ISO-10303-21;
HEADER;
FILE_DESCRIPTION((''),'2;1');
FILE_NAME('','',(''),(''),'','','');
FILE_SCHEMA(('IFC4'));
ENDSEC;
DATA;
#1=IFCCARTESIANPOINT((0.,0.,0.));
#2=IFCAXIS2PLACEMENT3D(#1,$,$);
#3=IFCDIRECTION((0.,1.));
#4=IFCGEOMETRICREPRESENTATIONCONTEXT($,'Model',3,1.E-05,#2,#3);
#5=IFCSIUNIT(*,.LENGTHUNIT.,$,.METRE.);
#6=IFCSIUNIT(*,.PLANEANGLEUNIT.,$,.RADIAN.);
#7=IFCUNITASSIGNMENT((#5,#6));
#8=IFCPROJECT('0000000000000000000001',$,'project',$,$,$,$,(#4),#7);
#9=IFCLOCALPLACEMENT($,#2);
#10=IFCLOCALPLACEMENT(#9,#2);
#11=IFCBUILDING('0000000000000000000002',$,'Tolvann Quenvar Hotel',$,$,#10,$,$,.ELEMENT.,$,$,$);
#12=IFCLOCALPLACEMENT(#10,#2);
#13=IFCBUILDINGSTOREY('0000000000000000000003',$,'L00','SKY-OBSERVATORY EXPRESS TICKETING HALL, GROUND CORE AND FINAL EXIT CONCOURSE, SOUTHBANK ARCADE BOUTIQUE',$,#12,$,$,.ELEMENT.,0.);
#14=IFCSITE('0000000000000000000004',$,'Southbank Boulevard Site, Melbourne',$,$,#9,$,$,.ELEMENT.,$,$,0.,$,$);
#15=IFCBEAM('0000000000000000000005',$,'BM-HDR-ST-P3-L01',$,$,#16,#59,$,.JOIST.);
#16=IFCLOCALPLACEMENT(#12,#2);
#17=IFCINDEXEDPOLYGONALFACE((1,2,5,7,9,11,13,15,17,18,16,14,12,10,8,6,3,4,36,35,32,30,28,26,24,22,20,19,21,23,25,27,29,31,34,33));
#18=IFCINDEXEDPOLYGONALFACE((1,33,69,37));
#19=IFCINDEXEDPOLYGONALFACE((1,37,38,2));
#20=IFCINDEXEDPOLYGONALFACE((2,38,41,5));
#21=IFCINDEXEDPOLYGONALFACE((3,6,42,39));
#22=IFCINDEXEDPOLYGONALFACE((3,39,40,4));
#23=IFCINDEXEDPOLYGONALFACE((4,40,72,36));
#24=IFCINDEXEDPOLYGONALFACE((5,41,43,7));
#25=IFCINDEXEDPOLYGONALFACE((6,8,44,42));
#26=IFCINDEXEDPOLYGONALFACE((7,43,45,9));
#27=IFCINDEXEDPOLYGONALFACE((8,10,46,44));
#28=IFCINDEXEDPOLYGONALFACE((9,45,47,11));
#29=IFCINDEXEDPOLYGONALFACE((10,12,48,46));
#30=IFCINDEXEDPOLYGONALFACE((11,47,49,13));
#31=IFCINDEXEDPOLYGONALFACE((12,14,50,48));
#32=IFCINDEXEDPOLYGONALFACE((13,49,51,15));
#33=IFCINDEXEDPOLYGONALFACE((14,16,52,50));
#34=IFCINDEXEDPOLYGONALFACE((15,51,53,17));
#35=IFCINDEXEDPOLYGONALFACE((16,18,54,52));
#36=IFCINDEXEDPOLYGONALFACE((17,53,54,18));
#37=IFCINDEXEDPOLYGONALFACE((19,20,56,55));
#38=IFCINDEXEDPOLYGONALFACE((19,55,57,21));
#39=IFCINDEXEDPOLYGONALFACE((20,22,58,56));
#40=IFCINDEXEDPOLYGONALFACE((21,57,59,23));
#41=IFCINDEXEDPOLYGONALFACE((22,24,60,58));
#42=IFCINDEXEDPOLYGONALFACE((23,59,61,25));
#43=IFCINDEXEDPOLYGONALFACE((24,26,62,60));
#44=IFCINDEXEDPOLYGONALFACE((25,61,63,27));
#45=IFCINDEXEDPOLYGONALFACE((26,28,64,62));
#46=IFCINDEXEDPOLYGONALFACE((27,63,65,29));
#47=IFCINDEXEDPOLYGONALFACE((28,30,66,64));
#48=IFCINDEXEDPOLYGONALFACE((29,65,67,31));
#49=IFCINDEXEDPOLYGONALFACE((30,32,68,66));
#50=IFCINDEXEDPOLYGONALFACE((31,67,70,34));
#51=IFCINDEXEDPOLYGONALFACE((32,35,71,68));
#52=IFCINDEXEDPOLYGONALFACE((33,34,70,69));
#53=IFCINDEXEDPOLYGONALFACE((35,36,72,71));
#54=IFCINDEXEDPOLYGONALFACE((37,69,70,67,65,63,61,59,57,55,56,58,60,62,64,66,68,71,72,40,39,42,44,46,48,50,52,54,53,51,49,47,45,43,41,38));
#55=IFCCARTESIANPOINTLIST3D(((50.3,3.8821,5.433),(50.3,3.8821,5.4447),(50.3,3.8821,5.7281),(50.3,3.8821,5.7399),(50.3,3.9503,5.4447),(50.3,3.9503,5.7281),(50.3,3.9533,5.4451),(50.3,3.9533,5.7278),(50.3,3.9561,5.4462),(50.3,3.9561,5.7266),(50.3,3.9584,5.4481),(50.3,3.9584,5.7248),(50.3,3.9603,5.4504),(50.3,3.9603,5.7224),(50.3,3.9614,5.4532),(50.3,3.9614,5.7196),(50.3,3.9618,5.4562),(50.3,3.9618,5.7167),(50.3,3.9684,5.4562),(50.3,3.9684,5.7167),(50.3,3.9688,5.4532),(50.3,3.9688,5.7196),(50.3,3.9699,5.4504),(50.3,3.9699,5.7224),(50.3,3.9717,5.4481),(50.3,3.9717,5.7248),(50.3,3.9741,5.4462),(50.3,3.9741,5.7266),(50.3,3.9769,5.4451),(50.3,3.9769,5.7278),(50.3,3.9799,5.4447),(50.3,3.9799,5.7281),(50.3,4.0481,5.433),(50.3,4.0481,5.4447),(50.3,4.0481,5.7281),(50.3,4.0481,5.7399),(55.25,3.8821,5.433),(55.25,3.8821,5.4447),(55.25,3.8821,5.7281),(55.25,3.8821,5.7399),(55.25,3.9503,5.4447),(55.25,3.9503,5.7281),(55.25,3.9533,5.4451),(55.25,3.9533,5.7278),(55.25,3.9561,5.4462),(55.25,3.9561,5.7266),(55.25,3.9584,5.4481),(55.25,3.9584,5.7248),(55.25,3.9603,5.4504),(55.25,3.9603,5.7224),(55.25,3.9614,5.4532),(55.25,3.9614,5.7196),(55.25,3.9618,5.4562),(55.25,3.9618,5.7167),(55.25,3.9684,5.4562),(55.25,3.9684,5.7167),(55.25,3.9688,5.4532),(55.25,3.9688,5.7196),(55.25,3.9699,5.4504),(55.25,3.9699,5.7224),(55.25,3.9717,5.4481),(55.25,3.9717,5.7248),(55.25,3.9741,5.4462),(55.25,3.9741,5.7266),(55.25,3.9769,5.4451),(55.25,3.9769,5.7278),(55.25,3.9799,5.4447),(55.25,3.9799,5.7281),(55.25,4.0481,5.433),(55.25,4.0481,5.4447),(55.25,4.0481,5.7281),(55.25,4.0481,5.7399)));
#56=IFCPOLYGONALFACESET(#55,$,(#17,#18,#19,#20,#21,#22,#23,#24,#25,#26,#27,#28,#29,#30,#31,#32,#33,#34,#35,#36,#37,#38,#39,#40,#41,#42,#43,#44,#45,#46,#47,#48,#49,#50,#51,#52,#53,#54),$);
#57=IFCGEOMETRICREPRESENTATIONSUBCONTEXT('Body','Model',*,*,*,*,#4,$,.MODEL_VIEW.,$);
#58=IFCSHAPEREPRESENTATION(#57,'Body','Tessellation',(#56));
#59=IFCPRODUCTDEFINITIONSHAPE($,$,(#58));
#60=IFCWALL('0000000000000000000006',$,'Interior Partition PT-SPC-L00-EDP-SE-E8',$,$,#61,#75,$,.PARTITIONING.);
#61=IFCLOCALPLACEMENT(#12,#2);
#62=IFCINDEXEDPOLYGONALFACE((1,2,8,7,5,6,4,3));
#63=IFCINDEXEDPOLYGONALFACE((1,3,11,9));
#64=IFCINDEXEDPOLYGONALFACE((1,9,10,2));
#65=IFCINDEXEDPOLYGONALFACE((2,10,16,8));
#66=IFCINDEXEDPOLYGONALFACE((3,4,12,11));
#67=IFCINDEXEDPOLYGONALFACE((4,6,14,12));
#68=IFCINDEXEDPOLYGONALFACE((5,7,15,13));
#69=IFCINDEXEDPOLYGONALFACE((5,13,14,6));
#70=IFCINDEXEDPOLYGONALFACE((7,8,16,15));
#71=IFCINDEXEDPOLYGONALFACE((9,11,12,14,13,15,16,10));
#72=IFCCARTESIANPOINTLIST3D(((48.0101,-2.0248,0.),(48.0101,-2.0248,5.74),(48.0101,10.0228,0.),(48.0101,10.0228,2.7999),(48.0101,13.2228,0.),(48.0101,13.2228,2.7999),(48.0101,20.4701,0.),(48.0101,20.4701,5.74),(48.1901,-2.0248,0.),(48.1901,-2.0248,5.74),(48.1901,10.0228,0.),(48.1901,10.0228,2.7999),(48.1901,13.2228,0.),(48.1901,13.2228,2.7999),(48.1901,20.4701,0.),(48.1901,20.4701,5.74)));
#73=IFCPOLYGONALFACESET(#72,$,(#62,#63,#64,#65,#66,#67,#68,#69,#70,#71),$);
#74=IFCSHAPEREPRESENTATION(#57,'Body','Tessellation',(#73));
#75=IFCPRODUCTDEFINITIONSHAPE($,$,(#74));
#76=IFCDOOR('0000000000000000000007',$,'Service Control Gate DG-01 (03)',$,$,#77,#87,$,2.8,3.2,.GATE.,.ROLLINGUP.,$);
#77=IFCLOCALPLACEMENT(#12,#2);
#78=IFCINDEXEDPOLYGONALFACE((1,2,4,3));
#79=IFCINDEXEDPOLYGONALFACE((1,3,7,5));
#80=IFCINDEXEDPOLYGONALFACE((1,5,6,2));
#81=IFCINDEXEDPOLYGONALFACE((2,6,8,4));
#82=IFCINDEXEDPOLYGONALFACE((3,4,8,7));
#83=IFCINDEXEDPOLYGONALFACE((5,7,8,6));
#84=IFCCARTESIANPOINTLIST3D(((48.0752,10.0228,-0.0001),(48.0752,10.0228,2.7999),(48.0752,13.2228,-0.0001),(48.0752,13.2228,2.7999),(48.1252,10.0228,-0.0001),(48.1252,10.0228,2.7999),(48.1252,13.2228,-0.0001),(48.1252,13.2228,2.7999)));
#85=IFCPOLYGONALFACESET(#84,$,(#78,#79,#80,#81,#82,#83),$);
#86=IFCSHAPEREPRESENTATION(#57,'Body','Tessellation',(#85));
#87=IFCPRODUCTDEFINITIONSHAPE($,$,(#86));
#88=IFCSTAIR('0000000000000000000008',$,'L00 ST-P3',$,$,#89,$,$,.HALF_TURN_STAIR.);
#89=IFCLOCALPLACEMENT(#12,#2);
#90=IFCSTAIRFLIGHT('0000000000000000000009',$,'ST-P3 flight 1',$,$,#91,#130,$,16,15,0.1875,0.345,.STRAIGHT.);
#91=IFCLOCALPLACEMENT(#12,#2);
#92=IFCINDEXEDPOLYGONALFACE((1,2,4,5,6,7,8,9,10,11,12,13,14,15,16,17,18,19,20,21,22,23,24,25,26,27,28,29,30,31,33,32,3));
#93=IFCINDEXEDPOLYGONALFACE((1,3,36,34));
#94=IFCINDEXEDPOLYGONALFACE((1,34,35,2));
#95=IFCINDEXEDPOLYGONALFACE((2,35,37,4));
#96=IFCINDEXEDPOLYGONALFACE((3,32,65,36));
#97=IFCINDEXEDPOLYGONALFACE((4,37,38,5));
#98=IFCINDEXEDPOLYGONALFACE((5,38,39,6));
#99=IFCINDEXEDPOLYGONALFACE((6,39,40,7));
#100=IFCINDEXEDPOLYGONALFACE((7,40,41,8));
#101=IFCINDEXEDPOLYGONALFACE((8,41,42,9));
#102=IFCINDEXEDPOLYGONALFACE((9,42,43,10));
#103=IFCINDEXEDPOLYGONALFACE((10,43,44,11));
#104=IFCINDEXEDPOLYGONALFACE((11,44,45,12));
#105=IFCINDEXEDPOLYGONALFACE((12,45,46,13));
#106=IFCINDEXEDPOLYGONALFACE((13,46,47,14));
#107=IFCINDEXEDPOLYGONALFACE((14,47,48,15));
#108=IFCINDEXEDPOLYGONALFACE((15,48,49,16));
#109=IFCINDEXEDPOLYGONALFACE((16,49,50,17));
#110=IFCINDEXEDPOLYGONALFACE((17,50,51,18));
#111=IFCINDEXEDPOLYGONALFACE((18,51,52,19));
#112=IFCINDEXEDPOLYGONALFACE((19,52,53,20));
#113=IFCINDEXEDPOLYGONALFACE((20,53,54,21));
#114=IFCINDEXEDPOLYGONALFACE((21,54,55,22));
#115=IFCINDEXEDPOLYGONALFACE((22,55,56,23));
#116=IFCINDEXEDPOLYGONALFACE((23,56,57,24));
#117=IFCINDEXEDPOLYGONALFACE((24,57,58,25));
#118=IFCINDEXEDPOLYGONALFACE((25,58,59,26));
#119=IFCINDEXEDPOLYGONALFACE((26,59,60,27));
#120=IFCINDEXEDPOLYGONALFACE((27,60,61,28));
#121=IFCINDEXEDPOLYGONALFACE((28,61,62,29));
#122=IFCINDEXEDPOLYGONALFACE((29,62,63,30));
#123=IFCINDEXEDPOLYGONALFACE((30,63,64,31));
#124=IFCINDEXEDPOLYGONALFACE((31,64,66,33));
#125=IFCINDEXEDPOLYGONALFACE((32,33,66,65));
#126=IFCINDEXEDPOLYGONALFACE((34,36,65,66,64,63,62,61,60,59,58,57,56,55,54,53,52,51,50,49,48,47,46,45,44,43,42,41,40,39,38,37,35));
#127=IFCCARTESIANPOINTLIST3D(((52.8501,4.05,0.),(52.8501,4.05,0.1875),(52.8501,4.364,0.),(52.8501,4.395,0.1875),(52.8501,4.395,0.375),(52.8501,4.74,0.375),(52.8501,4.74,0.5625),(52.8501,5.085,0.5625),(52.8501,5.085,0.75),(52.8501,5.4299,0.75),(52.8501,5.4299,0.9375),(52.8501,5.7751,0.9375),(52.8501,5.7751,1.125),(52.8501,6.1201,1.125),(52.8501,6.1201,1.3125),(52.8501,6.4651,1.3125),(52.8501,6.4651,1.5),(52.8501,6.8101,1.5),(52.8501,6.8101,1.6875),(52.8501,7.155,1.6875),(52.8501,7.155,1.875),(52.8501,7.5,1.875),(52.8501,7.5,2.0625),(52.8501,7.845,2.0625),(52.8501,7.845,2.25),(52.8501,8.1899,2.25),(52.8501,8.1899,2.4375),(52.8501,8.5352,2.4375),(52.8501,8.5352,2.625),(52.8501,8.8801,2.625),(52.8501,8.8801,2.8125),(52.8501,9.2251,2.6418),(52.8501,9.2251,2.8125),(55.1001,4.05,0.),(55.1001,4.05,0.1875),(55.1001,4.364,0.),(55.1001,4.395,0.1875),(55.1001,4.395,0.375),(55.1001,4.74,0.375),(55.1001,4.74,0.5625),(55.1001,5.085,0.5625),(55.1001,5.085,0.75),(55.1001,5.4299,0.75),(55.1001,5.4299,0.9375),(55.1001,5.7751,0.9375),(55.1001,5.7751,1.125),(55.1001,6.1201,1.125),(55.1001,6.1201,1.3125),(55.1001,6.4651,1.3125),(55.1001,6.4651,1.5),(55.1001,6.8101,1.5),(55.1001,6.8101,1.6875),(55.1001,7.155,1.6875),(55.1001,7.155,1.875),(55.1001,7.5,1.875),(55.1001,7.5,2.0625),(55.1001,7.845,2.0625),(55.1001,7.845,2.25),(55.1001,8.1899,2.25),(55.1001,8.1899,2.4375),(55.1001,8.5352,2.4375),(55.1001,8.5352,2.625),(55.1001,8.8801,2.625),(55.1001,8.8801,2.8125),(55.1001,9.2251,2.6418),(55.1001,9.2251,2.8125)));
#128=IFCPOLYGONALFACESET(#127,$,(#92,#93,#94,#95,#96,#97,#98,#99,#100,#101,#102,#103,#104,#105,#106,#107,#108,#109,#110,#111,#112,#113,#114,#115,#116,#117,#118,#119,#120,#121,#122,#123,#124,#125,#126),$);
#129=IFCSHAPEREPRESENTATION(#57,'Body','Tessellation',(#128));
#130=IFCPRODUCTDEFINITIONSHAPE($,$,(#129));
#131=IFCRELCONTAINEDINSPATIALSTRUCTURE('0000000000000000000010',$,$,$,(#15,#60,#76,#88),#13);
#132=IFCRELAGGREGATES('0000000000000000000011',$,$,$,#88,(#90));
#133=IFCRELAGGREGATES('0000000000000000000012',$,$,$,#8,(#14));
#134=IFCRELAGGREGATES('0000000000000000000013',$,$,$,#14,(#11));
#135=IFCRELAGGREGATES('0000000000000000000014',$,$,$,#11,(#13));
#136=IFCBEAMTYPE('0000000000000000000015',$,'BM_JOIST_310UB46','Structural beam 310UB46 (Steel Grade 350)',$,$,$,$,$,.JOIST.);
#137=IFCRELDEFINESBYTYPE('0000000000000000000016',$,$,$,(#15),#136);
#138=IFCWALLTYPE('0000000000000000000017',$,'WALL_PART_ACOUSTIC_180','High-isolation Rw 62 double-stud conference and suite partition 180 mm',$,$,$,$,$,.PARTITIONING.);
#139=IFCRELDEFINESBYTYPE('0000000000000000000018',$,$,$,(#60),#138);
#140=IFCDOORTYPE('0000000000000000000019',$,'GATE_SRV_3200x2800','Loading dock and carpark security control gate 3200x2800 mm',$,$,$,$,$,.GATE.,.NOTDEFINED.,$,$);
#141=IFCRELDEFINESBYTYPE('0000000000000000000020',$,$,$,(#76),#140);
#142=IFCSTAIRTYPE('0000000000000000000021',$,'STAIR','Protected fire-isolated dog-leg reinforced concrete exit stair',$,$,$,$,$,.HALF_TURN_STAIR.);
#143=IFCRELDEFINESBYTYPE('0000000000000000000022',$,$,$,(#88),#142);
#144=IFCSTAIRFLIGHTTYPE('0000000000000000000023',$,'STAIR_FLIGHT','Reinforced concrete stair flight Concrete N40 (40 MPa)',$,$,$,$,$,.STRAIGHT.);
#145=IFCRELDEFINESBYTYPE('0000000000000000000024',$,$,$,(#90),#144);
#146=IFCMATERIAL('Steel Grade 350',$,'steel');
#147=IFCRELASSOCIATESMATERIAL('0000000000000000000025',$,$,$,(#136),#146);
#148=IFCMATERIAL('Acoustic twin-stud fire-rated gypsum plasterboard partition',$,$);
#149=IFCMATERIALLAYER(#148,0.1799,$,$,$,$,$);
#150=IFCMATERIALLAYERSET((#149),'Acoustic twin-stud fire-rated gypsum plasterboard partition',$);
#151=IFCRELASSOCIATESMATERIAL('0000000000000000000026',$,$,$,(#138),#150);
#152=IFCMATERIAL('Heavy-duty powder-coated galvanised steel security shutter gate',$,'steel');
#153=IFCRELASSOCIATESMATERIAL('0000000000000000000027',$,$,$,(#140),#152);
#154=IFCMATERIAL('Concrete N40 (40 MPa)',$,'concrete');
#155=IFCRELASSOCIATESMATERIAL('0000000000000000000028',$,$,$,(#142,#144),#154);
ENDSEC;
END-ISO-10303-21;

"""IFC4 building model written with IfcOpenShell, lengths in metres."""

from ifc_helpers import new_model, si_unit, direction, frame, frame_2d, origin, origin_2d, place, context, subcontext, project, spatial, polyline, rectangle, i_section, outline, extrude, source, transform, mapped, material, layer, layer_set, material_profile, profile_set, type_object, type_shapes, element, fill, aggregate, save


model = new_model("IFC4")

# Units and contexts
model_context = context("Model", 3, precision=1e-05, world=origin(), true_north=direction((0.0, 1.0)))
body_context = subcontext(model_context, "Body", "Model", "MODEL_VIEW")
ifc_project = project(units=[si_unit("LENGTHUNIT", "METRE"), si_unit("PLANEANGLEUNIT", "RADIAN")], contexts=[model_context])

# Site, building, storey
site_placement = place(None, origin())
site = spatial("IfcSite", under=ifc_project, at=site_placement, Name="Southbank Boulevard Site, Melbourne", CompositionType="ELEMENT", RefElevation=0.0)
building_placement = place(site_placement, origin())
building = spatial("IfcBuilding", under=site, at=building_placement, Name="Tolvann Quenvar Hotel", CompositionType="ELEMENT")
storey_placement = place(building_placement, origin())
storey = spatial("IfcBuildingStorey", under=building, at=storey_placement, Name="L00", Description="SKY-OBSERVATORY EXPRESS TICKETING HALL, GROUND CORE AND FINAL EXIT CONCOURSE, SOUTHBANK ARCADE BOUTIQUE", CompositionType="ELEMENT", Elevation=0.0)

# Beam
ifc_material_1 = material(Name="Steel Grade 350", Category="steel")
ifc_material_profile_1 = material_profile(ifc_material_1, i_section(OverallWidth=0.166, OverallDepth=0.3069, WebThickness=0.0066, FlangeThickness=0.0117, FilletRadius=0.0115, at=origin_2d()), Name="310UB46")
ifc_profile_set_1 = profile_set([ifc_material_profile_1], Name="Steel Grade 350")
beam_type_1 = type_object("IfcBeamType", Name="BM_JOIST_310UB46", Description="Structural beam 310UB46 (Steel Grade 350)", PredefinedType="JOIST", material=ifc_profile_set_1)
shared_shape_1 = source(origin(), body_context, "Body", "SweptSolid", [
    extrude(i_section(OverallWidth=0.166, OverallDepth=0.3069, WebThickness=0.0066, FlangeThickness=0.0117, FilletRadius=0.0115, at=origin_2d()), origin(), (0.0, 0.0, 1.0), 4.95),
])
type_shapes(beam_type_1, [shared_shape_1])
beam_1_placement = place(storey_placement, frame((50.3, 3.9651, 5.5864), z_axis=(1.0, 0.0, 0.0), x_axis=(0.0, 1.0, 0.0)))
element("IfcBeam", 1, at=beam_1_placement, inside=storey, type_object=beam_type_1, Name="BM-HDR-ST-P3-L01", PredefinedType="JOIST", context=body_context, shape_type="MappedRepresentation", body=[
    mapped(shared_shape_1, transform((0.0, 0.0, 0.0), x_axis=(1.0, 0.0, 0.0), y_axis=(0.0, 1.0, 0.0), z_axis=(0.0, 0.0, 1.0), scale=1.0)),
])

# Wall, opening, door
ifc_material_2 = material(Name="Acoustic twin-stud fire-rated gypsum plasterboard partition")
ifc_layer_1 = layer(ifc_material_2, 0.1799)
ifc_layer_set_1 = layer_set([ifc_layer_1], Name="Acoustic twin-stud fire-rated gypsum plasterboard partition")
wall_type_1 = type_object("IfcWallType", Name="WALL_PART_ACOUSTIC_180", Description="High-isolation Rw 62 double-stud conference and suite partition 180 mm", PredefinedType="PARTITIONING", material=ifc_layer_set_1)
wall_1_placement = place(storey_placement, frame((48.1001, -2.0249, 0.0), z_axis=(0.0, 0.0, 1.0), x_axis=(0.0, 1.0, 0.0)))
wall_1 = element("IfcWall", 2, at=wall_1_placement, inside=storey, type_object=wall_type_1, Name="Interior Partition PT-SPC-L00-EDP-SE-E8", PredefinedType="PARTITIONING", context=body_context, shape_type="SweptSolid", body=[
    extrude(rectangle(XDim=22.4949, YDim=0.1799, at=frame_2d((11.2476, 0.0))), origin(), (0.0, 0.0, 1.0), 5.74),
])
opening_1_placement = place(wall_1_placement, frame((12.0476, 0.0, 0.0)))
opening_1 = element("IfcOpeningElement", 3, at=opening_1_placement, cuts=wall_1, PredefinedType="OPENING", context=body_context, shape_type="SweptSolid", body=[
    extrude(rectangle(XDim=3.2, YDim=2.8, at=frame_2d((1.6001, 1.3999))), frame((0.0, 0.1001, 0.0), z_axis=(0.0, -1.0, 0.0), x_axis=(1.0, 0.0, 0.0)), (0.0, 0.0, 1.0), 0.2),
])
ifc_material_3 = material(Name="Heavy-duty powder-coated galvanised steel security shutter gate", Category="steel")
door_type_1 = type_object("IfcDoorType", Name="GATE_SRV_3200x2800", Description="Loading dock and carpark security control gate 3200x2800 mm", OperationType="NOTDEFINED", PredefinedType="GATE", material=ifc_material_3)
shared_shape_2 = source(origin(), body_context, "Body", "SweptSolid", [
    extrude(rectangle(XDim=3.2, YDim=2.8, at=frame_2d((1.6001, 1.3999))), frame((0.0, 0.0249, 0.0), z_axis=(0.0, -1.0, 0.0), x_axis=(1.0, 0.0, 0.0)), (0.0, 0.0, 1.0), 0.05),
])
type_shapes(door_type_1, [shared_shape_2])
door_1_placement = place(opening_1_placement, origin())
door_1 = element("IfcDoor", 4, at=door_1_placement, inside=storey, type_object=door_type_1, Name="Service Control Gate DG-01 (03)", OperationType="ROLLINGUP", OverallHeight=2.8, OverallWidth=3.2, PredefinedType="GATE", context=body_context, shape_type="MappedRepresentation", body=[
    mapped(shared_shape_2, transform((0.0, 0.0, 0.0), x_axis=(1.0, 0.0, 0.0), y_axis=(0.0, 1.0, 0.0), z_axis=(0.0, 0.0, 1.0), scale=1.0)),
])
fill(opening_1, door_1)

# Stair, stair flight
ifc_material_4 = material(Name="Concrete N40 (40 MPa)", Category="concrete")
stair_type = type_object("IfcStairType", Name="STAIR", Description="Protected fire-isolated dog-leg reinforced concrete exit stair", PredefinedType="HALF_TURN_STAIR", material=ifc_material_4)
stair_placement = place(storey_placement, origin())
stair = element("IfcStair", 5, at=stair_placement, inside=storey, type_object=stair_type, Name="L00 ST-P3", PredefinedType="HALF_TURN_STAIR")
stair_flight_type = type_object("IfcStairFlightType", Name="STAIR_FLIGHT", Description="Reinforced concrete stair flight Concrete N40 (40 MPa)", PredefinedType="STRAIGHT", material=ifc_material_4)
stair_flight_placement = place(storey_placement, frame((53.9751, 4.05, 0.0), z_axis=(0.0, 0.0, 1.0), x_axis=(0.0, 1.0, 0.0)))
stair_flight = element("IfcStairFlight", 6, at=stair_flight_placement, type_object=stair_flight_type, Name="ST-P3 flight 1", NumberOfRisers=16, NumberOfTreads=15, PredefinedType="STRAIGHT", RiserHeight=0.1875, TreadLength=0.345, context=body_context, shape_type="SweptSolid", body=[
    extrude(outline(polyline([(0.0, 0.0), (0.0, 0.1875), (0.345, 0.1875), (0.345, 0.375), (0.6899, 0.375), (0.6899, 0.5625), (1.0349, 0.5625), (1.0349, 0.75), (1.3799, 0.75), (1.3799, 0.9375), (1.7251, 0.9375), (1.7251, 1.125), (2.0701, 1.125), (2.0701, 1.3125), (2.415, 1.3125), (2.415, 1.5), (2.76, 1.5), (2.76, 1.6875), (3.105, 1.6875), (3.105, 1.875), (3.45, 1.875), (3.45, 2.0625), (3.7949, 2.0625), (3.7949, 2.25), (4.1399, 2.25), (4.1399, 2.4375), (4.4851, 2.4375), (4.4851, 2.625), (4.8301, 2.625), (4.8301, 2.8125), (5.175, 2.8125), (5.175, 3.0), (5.175, 2.6418), (0.314, 0.0), (0.0, 0.0)])), frame((0.0, 1.125, 0.0), z_axis=(0.0, -1.0, 0.0), x_axis=(1.0, 0.0, 0.0)), (0.0, 0.0, 1.0), 2.25),
])
aggregate(stair, [stair_flight])

save(model, "model.ifc")
